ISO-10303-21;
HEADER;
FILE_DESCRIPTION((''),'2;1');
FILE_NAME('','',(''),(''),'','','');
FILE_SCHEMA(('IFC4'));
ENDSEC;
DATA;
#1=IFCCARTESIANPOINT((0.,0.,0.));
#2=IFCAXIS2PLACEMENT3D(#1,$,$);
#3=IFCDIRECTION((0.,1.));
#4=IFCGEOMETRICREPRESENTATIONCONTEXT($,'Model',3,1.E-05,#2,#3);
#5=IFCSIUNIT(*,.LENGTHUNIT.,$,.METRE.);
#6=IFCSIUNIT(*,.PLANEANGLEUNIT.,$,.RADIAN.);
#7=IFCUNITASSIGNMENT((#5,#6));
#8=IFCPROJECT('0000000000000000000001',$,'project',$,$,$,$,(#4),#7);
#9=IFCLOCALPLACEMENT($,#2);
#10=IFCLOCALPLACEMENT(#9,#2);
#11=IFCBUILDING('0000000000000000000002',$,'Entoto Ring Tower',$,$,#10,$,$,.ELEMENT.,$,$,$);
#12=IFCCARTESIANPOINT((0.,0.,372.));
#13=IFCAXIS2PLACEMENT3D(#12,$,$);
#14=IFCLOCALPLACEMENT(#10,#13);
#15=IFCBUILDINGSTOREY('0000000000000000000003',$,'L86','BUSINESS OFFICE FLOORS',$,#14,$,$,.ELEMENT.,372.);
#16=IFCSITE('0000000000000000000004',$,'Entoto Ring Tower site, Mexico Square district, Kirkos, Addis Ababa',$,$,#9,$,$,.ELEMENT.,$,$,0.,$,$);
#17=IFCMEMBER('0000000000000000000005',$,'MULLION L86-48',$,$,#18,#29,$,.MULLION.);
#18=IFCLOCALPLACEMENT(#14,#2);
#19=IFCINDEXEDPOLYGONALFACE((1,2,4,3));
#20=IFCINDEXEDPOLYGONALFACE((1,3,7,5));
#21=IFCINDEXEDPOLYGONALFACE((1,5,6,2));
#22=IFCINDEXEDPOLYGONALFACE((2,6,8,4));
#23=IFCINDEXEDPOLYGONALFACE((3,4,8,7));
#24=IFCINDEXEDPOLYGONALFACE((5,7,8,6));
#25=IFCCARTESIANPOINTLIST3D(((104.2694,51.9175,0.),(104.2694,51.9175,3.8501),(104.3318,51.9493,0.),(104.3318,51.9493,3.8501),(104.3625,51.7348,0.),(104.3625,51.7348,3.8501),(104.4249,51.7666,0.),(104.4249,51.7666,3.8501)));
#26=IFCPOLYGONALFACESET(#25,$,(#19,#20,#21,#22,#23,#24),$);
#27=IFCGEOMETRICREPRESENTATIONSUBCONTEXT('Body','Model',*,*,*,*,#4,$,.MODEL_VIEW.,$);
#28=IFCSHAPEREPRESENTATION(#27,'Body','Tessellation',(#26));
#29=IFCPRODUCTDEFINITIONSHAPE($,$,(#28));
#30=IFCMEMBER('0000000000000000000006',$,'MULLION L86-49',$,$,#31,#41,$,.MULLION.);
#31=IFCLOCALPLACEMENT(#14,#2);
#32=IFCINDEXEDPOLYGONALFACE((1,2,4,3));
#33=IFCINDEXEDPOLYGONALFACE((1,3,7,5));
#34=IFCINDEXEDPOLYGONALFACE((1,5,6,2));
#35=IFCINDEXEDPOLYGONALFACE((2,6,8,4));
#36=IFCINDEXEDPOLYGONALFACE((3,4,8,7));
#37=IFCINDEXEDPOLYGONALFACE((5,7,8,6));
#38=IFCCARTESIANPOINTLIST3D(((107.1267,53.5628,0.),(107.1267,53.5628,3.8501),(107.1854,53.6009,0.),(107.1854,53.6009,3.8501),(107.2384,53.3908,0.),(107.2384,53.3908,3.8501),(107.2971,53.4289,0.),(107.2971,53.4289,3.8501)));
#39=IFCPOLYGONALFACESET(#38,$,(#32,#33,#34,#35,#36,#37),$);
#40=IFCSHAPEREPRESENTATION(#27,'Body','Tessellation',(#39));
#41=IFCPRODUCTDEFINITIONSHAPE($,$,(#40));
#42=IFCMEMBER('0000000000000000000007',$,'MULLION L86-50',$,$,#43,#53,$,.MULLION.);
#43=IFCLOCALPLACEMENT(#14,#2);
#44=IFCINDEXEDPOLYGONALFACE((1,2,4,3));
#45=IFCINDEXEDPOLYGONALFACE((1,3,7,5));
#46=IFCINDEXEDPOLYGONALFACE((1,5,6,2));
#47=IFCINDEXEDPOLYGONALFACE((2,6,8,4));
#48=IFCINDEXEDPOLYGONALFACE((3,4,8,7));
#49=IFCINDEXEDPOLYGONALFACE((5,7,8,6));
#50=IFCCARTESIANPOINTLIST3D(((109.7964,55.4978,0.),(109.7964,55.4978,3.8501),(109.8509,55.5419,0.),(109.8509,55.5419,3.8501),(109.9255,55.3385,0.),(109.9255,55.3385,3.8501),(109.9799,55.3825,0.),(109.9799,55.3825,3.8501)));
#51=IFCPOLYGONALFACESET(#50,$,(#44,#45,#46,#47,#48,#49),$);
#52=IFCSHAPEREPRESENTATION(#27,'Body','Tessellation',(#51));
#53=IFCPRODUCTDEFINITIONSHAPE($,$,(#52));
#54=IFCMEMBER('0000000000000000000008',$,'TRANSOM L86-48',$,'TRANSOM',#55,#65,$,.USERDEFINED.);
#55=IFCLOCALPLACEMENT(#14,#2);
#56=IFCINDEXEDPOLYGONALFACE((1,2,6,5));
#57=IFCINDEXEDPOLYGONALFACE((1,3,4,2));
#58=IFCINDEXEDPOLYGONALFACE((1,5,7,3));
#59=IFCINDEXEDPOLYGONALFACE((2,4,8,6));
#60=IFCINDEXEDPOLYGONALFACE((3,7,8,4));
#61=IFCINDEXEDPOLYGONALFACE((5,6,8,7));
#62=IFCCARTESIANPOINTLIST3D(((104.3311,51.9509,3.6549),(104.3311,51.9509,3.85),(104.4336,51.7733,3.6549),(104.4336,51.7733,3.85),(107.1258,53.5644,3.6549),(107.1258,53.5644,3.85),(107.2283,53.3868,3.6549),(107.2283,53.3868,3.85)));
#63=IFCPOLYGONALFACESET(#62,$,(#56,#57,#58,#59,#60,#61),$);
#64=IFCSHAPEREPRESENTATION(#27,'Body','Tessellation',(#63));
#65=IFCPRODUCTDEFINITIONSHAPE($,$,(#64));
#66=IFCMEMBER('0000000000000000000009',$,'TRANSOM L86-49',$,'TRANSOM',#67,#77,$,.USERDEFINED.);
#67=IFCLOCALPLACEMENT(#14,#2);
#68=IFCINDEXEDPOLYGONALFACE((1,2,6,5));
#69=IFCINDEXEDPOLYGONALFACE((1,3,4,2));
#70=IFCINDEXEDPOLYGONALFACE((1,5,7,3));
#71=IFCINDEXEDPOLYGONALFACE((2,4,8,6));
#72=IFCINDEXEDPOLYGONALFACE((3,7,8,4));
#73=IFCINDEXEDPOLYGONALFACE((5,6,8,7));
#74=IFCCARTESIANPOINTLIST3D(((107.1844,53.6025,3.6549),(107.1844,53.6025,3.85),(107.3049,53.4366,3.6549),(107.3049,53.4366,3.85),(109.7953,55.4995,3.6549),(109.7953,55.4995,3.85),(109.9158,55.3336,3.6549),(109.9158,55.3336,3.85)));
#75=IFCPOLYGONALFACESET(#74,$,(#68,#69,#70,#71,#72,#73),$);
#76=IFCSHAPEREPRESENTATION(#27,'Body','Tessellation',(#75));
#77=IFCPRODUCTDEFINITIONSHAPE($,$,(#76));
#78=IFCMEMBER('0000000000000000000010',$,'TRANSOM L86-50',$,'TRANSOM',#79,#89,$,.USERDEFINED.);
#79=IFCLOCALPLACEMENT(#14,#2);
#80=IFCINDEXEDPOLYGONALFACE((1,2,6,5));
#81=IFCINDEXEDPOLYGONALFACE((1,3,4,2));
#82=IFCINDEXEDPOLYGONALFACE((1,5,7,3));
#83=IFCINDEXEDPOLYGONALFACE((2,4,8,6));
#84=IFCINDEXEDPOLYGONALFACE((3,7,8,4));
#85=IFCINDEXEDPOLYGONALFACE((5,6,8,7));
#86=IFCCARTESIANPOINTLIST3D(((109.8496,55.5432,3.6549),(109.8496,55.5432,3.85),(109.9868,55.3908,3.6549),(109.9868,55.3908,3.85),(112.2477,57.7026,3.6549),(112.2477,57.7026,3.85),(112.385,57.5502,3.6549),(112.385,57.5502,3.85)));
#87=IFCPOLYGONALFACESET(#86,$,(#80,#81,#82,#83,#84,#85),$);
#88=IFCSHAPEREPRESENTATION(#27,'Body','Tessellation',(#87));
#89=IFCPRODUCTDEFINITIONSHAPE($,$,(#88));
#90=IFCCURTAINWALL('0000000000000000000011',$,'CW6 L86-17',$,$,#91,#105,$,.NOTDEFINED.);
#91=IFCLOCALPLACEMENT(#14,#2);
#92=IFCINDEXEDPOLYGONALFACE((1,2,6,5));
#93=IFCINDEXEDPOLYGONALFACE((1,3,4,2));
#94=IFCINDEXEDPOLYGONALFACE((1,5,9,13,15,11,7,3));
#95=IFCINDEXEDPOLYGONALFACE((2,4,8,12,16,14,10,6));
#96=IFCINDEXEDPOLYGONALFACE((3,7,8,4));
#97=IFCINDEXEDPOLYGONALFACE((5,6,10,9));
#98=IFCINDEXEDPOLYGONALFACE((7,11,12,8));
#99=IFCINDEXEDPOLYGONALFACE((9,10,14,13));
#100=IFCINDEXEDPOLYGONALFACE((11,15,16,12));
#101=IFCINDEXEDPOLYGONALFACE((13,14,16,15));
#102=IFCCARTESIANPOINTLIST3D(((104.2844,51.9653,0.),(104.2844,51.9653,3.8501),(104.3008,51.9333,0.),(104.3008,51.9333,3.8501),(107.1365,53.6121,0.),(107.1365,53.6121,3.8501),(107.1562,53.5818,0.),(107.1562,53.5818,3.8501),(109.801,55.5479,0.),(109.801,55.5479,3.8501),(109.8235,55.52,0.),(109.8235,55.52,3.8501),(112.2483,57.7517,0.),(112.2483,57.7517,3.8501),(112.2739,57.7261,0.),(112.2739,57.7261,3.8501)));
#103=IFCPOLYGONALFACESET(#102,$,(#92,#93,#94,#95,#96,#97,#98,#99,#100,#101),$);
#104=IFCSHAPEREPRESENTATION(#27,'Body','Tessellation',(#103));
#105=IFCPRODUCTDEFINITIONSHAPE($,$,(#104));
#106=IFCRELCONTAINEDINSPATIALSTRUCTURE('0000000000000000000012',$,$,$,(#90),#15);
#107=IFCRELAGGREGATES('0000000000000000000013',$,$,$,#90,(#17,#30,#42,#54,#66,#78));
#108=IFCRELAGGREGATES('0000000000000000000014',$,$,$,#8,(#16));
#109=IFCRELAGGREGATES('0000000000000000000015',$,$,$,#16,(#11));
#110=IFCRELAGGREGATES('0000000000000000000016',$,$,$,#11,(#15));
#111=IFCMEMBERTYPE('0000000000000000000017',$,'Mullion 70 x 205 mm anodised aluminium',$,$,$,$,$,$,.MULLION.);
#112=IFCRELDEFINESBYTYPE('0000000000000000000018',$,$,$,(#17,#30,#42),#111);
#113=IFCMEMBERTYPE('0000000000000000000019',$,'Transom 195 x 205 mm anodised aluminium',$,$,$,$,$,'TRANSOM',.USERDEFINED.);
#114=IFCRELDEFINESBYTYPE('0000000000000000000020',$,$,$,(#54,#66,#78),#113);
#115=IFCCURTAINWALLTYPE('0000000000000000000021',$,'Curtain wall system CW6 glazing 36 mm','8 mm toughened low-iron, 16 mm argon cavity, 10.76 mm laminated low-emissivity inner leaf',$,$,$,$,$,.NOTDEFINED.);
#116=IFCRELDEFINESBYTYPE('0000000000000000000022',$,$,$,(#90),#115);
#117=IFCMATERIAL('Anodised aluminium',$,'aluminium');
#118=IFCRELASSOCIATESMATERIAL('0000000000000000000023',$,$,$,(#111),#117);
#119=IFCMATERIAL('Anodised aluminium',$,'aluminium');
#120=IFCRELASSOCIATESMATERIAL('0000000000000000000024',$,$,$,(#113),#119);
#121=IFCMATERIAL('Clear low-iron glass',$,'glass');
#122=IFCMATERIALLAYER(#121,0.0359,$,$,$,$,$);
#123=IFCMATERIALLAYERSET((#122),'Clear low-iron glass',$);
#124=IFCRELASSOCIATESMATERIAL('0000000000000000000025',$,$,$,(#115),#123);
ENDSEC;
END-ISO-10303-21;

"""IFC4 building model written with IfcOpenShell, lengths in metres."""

from ifc_helpers import new_model, si_unit, direction, frame, origin, origin_2d, place, context, subcontext, project, spatial, polyline, rectangle, outline, extrude, material, layer, layer_set, material_profile, profile_set, type_object, element, aggregate, save


model = new_model("IFC4")

# Units and contexts
model_context = context("Model", 3, precision=1e-05, world=origin(), true_north=direction((0.0, 1.0)))
body_context = subcontext(model_context, "Body", "Model", "MODEL_VIEW")
ifc_project = project(units=[si_unit("LENGTHUNIT", "METRE"), si_unit("PLANEANGLEUNIT", "RADIAN")], contexts=[model_context])

# Members
ifc_material_1 = material(Name="Anodised aluminium", Category="aluminium")
ifc_material_profile_1 = material_profile(ifc_material_1, rectangle(XDim=0.0701, YDim=0.2051, at=origin_2d()), Name="Mullion 70 x 205 mm anodised aluminium")
ifc_profile_set_1 = profile_set([ifc_material_profile_1], Name="Anodised aluminium")
member_type_1 = type_object("IfcMemberType", Name="Mullion 70 x 205 mm anodised aluminium", PredefinedType="MULLION", material=ifc_profile_set_1)
site_placement = place(None, origin())
building_placement = place(site_placement, origin())
storey_placement = place(building_placement, frame((0.0, 0.0, 372.0)))
member_1_placement = place(storey_placement, frame((104.3472, 51.842, 0.0), z_axis=(0.0, 0.0, 1.0), x_axis=(0.891007, 0.45399, 0.0)))
member_1 = element("IfcMember", 1, at=member_1_placement, type_object=member_type_1, Name="MULLION L86-48", PredefinedType="MULLION", context=body_context, shape_type="SweptSolid", body=[
    extrude(rectangle(XDim=0.0701, YDim=0.2051, at=origin_2d()), origin(), (0.0, 0.0, 1.0), 3.8501),
])
member_2_placement = place(storey_placement, frame((107.2119, 53.4958, 0.0), z_axis=(0.0, 0.0, 1.0), x_axis=(0.838671, 0.544639, 0.0)))
member_2 = element("IfcMember", 2, at=member_2_placement, type_object=member_type_1, Name="MULLION L86-49", PredefinedType="MULLION", context=body_context, shape_type="SweptSolid", body=[
    extrude(rectangle(XDim=0.0701, YDim=0.2051, at=origin_2d()), origin(), (0.0, 0.0, 1.0), 3.8501),
])
member_3_placement = place(storey_placement, frame((109.8882, 55.4402, 0.0), z_axis=(0.0, 0.0, 1.0), x_axis=(0.777146, 0.62932, 0.0)))
member_3 = element("IfcMember", 3, at=member_3_placement, type_object=member_type_1, Name="MULLION L86-50", PredefinedType="MULLION", context=body_context, shape_type="SweptSolid", body=[
    extrude(rectangle(XDim=0.0701, YDim=0.2051, at=origin_2d()), origin(), (0.0, 0.0, 1.0), 3.8501),
])
ifc_material_2 = material(Name="Anodised aluminium", Category="aluminium")
ifc_material_profile_2 = material_profile(ifc_material_2, rectangle(XDim=0.2051, YDim=0.1951, at=origin_2d()), Name="Transom 195 x 205 mm anodised aluminium")
ifc_profile_set_2 = profile_set([ifc_material_profile_2], Name="Anodised aluminium")
member_type_2 = type_object("IfcMemberType", Name="Transom 195 x 205 mm anodised aluminium", ElementType="TRANSOM", PredefinedType="USERDEFINED", material=ifc_profile_set_2)
member_4_placement = place(storey_placement, frame((104.3823, 51.8621, 3.7524), z_axis=(0.866023, 0.500004, 0.0), x_axis=(-0.500004, 0.866023, 0.0)))
member_4 = element("IfcMember", 4, at=member_4_placement, type_object=member_type_2, Name="TRANSOM L86-48", ObjectType="TRANSOM", PredefinedType="USERDEFINED", context=body_context, shape_type="SweptSolid", body=[
    extrude(rectangle(XDim=0.2051, YDim=0.1951, at=origin_2d()), origin(), (0.0, 0.0, 1.0), 3.2271),
])
member_5_placement = place(storey_placement, frame((107.2446, 53.5195, 3.7524), z_axis=(0.809004, 0.587803, 0.0), x_axis=(-0.587803, 0.809004, 0.0)))
member_5 = element("IfcMember", 5, at=member_5_placement, type_object=member_type_2, Name="TRANSOM L86-49", ObjectType="TRANSOM", PredefinedType="USERDEFINED", context=body_context, shape_type="SweptSolid", body=[
    extrude(rectangle(XDim=0.2051, YDim=0.1951, at=origin_2d()), origin(), (0.0, 0.0, 1.0), 3.2273),
])
member_6_placement = place(storey_placement, frame((109.9182, 55.467, 3.7524), z_axis=(0.743132, 0.669144, 0.0), x_axis=(-0.669144, 0.743132, 0.0)))
member_6 = element("IfcMember", 6, at=member_6_placement, type_object=member_type_2, Name="TRANSOM L86-50", ObjectType="TRANSOM", PredefinedType="USERDEFINED", context=body_context, shape_type="SweptSolid", body=[
    extrude(rectangle(XDim=0.2051, YDim=0.1951, at=origin_2d()), origin(), (0.0, 0.0, 1.0), 3.2271),
])

# Site, building, storey
site = spatial("IfcSite", under=ifc_project, at=site_placement, Name="Entoto Ring Tower site, Mexico Square district, Kirkos, Addis Ababa", CompositionType="ELEMENT", RefElevation=0.0)
building = spatial("IfcBuilding", under=site, at=building_placement, Name="Entoto Ring Tower", CompositionType="ELEMENT")
storey = spatial("IfcBuildingStorey", under=building, at=storey_placement, Name="L86", Description="BUSINESS OFFICE FLOORS", CompositionType="ELEMENT", Elevation=372.0)

# Curtain wall
ifc_material_3 = material(Name="Clear low-iron glass", Category="glass")
ifc_layer = layer(ifc_material_3, 0.0359)
ifc_layer_set = layer_set([ifc_layer], Name="Clear low-iron glass")
curtain_wall_type = type_object("IfcCurtainWallType", Name="Curtain wall system CW6 glazing 36 mm", Description="8 mm toughened low-iron, 16 mm argon cavity, 10.76 mm laminated low-emissivity inner leaf", PredefinedType="NOTDEFINED", material=ifc_layer_set)
curtain_wall_1_placement = place(storey_placement, origin())
curtain_wall_1 = element("IfcCurtainWall", 7, at=curtain_wall_1_placement, inside=storey, type_object=curtain_wall_type, Name="CW6 L86-17", PredefinedType="NOTDEFINED", context=body_context, shape_type="SweptSolid", body=[
    extrude(outline(polyline([(104.3008, 51.9333), (107.1562, 53.5818), (109.8235, 55.52), (112.2739, 57.7261), (112.2483, 57.7517), (109.801, 55.5479), (107.1365, 53.6121), (104.2844, 51.9653), (104.3008, 51.9333)])), origin(), (0.0, 0.0, 1.0), 3.8501),
])
aggregate(curtain_wall_1, [member_1, member_2, member_3, member_4, member_5, member_6])

save(model, "model.ifc")
